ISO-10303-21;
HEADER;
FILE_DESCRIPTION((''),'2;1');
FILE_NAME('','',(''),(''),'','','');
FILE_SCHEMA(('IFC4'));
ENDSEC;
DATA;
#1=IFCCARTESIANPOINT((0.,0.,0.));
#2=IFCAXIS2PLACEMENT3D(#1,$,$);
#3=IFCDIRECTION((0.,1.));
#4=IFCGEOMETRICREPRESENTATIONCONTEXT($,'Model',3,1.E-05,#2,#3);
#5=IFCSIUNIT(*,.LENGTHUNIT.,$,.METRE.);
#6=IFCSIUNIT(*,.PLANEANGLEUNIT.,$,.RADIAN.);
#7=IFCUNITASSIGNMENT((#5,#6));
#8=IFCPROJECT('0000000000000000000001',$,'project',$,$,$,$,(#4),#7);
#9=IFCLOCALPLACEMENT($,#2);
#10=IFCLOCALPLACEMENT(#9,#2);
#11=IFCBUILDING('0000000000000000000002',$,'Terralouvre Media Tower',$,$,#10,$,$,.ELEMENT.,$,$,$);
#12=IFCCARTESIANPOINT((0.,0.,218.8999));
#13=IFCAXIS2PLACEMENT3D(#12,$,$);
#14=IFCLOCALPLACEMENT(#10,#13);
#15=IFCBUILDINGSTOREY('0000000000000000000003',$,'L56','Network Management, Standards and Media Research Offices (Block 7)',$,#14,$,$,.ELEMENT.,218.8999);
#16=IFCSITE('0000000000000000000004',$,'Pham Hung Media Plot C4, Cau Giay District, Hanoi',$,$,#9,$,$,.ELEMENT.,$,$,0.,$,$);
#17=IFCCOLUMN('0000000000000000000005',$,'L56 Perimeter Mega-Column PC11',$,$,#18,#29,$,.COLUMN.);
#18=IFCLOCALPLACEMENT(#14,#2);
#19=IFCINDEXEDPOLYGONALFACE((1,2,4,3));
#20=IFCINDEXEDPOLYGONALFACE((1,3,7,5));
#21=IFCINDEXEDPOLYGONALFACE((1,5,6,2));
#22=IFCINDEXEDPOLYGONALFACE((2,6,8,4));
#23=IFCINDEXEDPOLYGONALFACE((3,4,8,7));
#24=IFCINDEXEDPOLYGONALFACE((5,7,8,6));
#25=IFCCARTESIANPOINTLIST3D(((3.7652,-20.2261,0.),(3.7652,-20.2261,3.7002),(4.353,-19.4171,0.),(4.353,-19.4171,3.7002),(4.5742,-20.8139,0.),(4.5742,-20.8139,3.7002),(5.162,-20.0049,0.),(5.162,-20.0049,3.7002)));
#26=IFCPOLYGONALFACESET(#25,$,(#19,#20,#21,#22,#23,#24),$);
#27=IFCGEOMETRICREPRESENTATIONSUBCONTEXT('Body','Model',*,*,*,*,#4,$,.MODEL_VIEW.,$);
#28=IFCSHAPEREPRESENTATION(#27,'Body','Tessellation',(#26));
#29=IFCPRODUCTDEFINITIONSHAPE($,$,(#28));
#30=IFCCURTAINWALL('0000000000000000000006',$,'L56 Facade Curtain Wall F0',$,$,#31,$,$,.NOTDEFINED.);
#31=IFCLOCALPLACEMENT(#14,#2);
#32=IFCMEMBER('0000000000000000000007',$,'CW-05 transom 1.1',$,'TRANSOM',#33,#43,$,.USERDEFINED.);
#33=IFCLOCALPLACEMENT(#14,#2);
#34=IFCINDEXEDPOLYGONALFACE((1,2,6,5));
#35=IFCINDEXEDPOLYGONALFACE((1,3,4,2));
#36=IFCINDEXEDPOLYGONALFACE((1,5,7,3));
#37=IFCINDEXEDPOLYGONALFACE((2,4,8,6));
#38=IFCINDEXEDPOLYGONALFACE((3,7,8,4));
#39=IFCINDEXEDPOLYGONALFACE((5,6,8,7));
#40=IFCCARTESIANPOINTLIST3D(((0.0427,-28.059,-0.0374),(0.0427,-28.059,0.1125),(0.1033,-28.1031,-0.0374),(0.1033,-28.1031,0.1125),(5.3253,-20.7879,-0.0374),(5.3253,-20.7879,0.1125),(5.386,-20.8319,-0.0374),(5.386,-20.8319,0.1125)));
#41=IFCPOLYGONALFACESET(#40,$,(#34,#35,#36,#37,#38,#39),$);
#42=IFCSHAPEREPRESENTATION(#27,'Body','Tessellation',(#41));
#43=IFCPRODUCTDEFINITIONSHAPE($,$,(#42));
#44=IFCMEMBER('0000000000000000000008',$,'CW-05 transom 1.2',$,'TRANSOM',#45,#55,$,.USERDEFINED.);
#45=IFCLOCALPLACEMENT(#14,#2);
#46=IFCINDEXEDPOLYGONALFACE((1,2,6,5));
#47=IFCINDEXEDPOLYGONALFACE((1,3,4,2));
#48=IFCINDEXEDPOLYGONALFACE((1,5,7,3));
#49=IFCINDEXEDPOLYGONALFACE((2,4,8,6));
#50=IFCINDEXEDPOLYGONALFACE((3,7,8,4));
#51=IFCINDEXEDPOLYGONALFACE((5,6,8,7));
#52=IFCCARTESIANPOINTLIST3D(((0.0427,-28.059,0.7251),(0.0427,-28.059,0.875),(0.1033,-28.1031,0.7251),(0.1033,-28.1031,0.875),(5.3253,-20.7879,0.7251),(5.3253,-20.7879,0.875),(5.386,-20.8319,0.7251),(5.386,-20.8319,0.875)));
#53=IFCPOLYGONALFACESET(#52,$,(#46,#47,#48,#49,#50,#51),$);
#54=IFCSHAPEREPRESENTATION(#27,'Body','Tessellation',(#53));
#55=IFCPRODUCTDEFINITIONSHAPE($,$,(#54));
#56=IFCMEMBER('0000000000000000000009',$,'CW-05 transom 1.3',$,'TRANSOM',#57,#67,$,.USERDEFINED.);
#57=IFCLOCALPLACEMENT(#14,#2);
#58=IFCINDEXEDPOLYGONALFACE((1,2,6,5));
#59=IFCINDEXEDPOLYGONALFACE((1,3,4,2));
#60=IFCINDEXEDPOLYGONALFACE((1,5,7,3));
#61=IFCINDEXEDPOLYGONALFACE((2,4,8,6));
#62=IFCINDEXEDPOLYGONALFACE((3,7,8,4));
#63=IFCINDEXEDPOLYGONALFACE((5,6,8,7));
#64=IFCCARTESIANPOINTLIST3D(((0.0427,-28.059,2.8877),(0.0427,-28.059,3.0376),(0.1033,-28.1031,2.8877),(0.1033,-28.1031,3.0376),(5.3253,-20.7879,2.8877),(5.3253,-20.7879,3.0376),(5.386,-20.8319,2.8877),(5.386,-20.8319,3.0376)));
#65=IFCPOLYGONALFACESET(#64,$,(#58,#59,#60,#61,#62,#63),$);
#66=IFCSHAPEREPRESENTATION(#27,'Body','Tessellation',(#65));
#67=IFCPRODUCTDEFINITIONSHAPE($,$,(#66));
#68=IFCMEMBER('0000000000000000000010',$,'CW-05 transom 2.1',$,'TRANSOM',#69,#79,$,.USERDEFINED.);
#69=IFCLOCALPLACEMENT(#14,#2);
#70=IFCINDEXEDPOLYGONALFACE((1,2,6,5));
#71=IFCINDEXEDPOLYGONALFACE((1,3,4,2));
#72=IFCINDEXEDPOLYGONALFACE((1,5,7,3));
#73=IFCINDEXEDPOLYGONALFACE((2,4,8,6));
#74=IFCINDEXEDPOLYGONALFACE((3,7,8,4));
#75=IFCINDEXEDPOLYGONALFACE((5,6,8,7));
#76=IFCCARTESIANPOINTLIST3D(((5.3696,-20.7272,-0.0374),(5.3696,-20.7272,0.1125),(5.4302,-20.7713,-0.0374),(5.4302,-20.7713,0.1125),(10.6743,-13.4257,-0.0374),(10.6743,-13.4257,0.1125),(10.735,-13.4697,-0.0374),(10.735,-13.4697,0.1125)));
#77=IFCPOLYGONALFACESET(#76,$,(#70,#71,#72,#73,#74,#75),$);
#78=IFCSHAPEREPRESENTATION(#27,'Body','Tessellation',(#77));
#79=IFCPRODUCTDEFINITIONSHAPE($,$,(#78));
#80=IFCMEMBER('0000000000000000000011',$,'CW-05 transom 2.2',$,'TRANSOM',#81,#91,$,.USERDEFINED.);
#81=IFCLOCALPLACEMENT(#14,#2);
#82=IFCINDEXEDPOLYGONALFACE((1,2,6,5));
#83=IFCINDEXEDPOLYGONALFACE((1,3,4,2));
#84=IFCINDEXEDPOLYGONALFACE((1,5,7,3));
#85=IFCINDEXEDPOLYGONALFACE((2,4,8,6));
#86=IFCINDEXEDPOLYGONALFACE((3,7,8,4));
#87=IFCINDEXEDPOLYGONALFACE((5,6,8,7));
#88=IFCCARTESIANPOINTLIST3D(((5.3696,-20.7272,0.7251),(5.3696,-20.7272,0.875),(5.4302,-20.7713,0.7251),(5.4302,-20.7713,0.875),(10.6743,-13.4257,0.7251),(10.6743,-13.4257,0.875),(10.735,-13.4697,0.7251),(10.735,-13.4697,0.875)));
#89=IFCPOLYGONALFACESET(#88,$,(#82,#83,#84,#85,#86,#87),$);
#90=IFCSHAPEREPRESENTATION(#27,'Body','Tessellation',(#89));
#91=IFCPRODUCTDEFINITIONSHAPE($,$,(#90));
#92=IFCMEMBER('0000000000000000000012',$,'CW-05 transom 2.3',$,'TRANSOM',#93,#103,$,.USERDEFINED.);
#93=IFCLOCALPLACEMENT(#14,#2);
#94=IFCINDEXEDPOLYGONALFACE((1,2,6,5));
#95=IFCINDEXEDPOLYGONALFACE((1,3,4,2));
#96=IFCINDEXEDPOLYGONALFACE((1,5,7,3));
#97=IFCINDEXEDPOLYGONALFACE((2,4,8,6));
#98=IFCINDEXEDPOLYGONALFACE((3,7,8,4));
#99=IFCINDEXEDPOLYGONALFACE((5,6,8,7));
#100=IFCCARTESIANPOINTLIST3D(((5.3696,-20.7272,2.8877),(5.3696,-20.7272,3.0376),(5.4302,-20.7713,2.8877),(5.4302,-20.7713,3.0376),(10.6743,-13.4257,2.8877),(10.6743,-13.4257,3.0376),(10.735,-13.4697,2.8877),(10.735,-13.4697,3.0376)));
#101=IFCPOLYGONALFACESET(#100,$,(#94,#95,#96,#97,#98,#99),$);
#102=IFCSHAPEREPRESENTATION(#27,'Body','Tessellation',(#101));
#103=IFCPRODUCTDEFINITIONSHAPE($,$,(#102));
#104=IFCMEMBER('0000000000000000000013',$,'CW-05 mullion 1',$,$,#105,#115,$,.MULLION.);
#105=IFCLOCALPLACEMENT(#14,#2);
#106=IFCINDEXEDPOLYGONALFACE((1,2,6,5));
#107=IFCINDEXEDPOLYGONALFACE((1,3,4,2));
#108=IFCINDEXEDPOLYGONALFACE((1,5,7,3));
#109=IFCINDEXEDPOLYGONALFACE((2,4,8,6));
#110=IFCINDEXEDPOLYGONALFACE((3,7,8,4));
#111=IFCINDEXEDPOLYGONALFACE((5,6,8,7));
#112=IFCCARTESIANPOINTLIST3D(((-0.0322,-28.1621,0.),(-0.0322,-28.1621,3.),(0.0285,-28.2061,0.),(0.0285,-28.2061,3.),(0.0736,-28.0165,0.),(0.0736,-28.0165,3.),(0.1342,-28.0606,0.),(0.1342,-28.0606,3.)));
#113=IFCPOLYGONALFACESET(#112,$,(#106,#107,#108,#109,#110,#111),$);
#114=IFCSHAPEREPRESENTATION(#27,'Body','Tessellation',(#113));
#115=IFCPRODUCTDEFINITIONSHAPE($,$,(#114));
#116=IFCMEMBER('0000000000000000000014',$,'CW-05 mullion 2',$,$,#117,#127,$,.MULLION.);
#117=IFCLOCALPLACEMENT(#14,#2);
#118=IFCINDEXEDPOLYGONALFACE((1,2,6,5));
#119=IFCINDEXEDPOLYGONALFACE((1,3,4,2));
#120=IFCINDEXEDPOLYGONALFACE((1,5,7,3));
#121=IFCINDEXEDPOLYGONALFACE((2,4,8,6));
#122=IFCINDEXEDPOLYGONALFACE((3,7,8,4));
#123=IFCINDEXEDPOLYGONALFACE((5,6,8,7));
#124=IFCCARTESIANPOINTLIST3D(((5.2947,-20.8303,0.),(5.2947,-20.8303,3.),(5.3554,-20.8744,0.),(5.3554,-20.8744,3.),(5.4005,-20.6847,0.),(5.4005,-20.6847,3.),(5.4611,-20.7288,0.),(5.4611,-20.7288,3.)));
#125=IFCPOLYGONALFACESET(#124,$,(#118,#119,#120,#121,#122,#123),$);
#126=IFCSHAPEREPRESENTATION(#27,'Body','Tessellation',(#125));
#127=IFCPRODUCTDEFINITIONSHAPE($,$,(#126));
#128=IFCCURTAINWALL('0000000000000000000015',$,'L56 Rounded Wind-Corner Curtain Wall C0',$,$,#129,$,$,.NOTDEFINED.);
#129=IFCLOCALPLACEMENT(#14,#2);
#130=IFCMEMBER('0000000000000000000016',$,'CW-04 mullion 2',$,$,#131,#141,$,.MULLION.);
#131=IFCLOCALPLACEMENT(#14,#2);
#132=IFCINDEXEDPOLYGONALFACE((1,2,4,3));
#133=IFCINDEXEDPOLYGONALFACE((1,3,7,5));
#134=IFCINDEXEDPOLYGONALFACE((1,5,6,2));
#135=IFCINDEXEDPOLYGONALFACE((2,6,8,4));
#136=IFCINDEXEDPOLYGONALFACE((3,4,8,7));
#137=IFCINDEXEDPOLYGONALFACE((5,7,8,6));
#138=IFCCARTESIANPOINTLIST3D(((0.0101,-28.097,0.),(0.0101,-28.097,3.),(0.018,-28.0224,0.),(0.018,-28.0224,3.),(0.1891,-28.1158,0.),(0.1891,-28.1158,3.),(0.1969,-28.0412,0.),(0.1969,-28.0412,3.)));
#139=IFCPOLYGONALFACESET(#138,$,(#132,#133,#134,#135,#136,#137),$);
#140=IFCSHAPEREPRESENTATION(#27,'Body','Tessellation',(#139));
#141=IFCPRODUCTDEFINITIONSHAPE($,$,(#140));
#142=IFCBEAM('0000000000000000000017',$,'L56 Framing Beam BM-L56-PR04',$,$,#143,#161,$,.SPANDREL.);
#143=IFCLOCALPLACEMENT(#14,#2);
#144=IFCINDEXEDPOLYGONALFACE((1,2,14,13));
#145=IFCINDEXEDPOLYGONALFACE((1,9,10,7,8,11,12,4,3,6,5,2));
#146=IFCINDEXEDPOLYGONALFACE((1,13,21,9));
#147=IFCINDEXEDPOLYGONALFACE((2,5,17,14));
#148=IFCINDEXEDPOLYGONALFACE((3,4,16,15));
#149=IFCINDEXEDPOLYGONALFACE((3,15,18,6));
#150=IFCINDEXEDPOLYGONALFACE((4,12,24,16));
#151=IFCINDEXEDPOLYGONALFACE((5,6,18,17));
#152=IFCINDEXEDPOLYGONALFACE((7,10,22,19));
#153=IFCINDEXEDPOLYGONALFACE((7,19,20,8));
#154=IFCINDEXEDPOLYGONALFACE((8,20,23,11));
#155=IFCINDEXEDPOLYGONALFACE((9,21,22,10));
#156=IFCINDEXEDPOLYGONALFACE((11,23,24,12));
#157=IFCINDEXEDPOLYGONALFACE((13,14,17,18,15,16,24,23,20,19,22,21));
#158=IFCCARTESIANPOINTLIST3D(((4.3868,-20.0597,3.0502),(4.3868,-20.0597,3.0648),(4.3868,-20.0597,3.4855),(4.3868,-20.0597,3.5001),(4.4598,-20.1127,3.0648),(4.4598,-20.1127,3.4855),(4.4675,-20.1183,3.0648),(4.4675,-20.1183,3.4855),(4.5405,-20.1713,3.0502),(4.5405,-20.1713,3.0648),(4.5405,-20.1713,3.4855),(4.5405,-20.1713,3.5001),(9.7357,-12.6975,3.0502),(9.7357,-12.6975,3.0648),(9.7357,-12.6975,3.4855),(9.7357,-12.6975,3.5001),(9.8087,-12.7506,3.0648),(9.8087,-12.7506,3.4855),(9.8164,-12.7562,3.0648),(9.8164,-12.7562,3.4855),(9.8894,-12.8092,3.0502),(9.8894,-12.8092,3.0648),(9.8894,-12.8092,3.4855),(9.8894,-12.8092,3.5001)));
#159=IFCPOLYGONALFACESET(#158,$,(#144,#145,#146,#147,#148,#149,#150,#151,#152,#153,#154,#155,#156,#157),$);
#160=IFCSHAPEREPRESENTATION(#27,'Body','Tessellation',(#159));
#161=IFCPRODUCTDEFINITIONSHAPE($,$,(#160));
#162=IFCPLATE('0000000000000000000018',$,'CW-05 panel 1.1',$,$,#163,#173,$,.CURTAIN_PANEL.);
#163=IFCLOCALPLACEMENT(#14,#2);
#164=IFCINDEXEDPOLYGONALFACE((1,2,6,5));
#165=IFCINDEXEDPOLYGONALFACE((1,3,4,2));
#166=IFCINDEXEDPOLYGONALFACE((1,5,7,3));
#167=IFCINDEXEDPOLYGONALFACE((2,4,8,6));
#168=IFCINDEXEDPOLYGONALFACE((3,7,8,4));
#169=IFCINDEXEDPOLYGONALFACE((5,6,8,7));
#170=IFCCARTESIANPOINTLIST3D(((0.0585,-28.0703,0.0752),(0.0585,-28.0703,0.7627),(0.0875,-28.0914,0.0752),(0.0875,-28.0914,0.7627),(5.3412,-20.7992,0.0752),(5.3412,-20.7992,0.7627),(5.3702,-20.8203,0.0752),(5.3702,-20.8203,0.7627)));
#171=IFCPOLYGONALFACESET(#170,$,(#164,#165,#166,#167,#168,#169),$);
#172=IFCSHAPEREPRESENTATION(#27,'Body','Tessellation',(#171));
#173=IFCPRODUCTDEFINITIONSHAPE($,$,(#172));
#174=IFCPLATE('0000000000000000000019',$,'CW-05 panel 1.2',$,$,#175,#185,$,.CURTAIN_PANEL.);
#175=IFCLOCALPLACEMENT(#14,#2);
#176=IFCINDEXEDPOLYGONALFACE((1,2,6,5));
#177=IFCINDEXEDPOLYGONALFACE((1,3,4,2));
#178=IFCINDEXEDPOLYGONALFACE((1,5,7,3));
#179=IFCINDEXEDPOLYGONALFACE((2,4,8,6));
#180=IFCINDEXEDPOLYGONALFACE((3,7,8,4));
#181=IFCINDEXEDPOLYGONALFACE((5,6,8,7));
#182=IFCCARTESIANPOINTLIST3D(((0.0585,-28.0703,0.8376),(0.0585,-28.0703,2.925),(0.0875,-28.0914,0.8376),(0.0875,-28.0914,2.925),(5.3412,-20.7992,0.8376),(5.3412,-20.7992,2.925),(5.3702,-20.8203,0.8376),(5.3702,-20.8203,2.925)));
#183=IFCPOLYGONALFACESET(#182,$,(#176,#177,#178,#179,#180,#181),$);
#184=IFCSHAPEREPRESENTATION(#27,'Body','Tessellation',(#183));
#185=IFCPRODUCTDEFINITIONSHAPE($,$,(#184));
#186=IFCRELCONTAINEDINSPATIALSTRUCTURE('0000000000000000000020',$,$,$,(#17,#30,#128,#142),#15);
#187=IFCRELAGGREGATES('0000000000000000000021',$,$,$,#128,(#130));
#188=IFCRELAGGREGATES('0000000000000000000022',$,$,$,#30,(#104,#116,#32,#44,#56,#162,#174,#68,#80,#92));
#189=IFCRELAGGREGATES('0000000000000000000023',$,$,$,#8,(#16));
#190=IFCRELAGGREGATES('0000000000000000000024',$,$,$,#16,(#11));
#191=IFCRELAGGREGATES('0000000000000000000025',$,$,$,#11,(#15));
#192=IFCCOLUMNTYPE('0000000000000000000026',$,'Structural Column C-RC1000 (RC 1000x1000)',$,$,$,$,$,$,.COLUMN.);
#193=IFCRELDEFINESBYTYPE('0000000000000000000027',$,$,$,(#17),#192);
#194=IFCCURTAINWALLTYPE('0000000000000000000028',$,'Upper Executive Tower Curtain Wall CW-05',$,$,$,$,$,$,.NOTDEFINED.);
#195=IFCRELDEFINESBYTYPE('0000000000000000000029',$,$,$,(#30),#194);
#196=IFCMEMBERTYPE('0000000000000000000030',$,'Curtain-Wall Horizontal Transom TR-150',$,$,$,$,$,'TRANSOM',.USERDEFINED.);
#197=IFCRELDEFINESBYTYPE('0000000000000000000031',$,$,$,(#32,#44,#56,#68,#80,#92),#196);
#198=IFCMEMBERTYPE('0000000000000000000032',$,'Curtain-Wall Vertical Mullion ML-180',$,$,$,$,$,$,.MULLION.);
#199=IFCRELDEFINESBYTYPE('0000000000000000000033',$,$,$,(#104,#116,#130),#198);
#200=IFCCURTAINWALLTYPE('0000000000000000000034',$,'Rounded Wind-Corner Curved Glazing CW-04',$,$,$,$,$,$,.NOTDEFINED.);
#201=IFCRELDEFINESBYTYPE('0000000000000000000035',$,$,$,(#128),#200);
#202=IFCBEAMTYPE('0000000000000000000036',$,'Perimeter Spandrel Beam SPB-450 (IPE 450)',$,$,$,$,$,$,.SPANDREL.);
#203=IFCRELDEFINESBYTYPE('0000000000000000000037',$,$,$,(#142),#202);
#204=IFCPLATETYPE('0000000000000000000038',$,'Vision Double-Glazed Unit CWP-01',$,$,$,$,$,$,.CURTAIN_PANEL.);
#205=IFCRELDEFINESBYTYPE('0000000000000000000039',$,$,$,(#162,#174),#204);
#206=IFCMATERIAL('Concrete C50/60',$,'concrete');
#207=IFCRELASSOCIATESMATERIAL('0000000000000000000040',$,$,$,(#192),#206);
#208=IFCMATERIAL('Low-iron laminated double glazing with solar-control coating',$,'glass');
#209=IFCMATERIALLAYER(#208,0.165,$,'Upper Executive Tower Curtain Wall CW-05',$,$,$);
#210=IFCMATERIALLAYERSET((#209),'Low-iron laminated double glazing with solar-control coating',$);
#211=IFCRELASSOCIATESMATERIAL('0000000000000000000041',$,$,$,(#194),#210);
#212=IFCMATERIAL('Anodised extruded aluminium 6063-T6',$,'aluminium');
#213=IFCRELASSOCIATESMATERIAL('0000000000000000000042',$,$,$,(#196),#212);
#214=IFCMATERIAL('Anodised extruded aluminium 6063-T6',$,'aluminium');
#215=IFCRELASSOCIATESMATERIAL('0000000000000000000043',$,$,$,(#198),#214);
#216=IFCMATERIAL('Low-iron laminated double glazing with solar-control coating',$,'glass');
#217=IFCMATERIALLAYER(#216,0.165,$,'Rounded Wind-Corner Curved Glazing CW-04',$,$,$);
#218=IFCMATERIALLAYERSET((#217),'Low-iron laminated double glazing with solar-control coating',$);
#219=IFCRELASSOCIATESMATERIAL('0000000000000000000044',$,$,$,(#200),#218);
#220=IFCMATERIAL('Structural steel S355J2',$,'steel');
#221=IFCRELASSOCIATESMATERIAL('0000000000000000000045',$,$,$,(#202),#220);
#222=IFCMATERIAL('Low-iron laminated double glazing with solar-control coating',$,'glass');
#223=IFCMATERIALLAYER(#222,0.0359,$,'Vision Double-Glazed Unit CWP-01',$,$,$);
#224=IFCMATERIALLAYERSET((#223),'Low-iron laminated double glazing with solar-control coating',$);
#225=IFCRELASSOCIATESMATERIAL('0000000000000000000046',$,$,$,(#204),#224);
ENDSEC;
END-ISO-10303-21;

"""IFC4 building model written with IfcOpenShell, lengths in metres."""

from ifc_helpers import new_model, si_unit, direction, frame, origin, origin_2d, place, context, subcontext, project, spatial, rectangle, i_section, extrude, material, layer, layer_set, material_profile, profile_set, type_object, element, aggregate, save


model = new_model("IFC4")

# Units and contexts
model_context = context("Model", 3, precision=1e-05, world=origin(), true_north=direction((0.0, 1.0)))
body_context = subcontext(model_context, "Body", "Model", "MODEL_VIEW")
ifc_project = project(units=[si_unit("LENGTHUNIT", "METRE"), si_unit("PLANEANGLEUNIT", "RADIAN")], contexts=[model_context])

# Site, building, storey
site_placement = place(None, origin())
site = spatial("IfcSite", under=ifc_project, at=site_placement, Name="Pham Hung Media Plot C4, Cau Giay District, Hanoi", CompositionType="ELEMENT", RefElevation=0.0)
building_placement = place(site_placement, origin())
building = spatial("IfcBuilding", under=site, at=building_placement, Name="Terralouvre Media Tower", CompositionType="ELEMENT")
storey_placement = place(building_placement, frame((0.0, 0.0, 218.8999)))
storey = spatial("IfcBuildingStorey", under=building, at=storey_placement, Name="L56", Description="Network Management, Standards and Media Research Offices (Block 7)", CompositionType="ELEMENT", Elevation=218.8999)

# Column
ifc_material_1 = material(Name="Concrete C50/60", Category="concrete")
ifc_material_profile_1 = material_profile(ifc_material_1, rectangle(XDim=1.0, YDim=1.0, at=origin_2d()), Name="RC 1000x1000")
ifc_profile_set_1 = profile_set([ifc_material_profile_1], Name="Concrete C50/60")
column_type = type_object("IfcColumnType", Name="Structural Column C-RC1000 (RC 1000x1000)", PredefinedType="COLUMN", material=ifc_profile_set_1)
column_placement = place(storey_placement, frame((4.4636, -20.1155, 0.0), z_axis=(0.0, 0.0, 1.0), x_axis=(0.587785, 0.809017, 0.0)))
element("IfcColumn", 1, at=column_placement, inside=storey, type_object=column_type, Name="L56 Perimeter Mega-Column PC11", PredefinedType="COLUMN", context=body_context, shape_type="SweptSolid", body=[
    extrude(rectangle(XDim=1.0, YDim=1.0, at=origin_2d()), origin(), (0.0, 0.0, 1.0), 3.7002),
])

# Curtain wall, members
ifc_material_2 = material(Name="Low-iron laminated double glazing with solar-control coating", Category="glass")
ifc_layer_1 = layer(ifc_material_2, 0.165, Name="Upper Executive Tower Curtain Wall CW-05")
ifc_layer_set_1 = layer_set([ifc_layer_1], Name="Low-iron laminated double glazing with solar-control coating")
curtain_wall_type_1 = type_object("IfcCurtainWallType", Name="Upper Executive Tower Curtain Wall CW-05", PredefinedType="NOTDEFINED", material=ifc_layer_set_1)
curtain_wall_1_placement = place(storey_placement, origin())
curtain_wall_1 = element("IfcCurtainWall", 2, at=curtain_wall_1_placement, inside=storey, type_object=curtain_wall_type_1, Name="L56 Facade Curtain Wall F0", PredefinedType="NOTDEFINED")
ifc_material_3 = material(Name="Anodised extruded aluminium 6063-T6", Category="aluminium")
ifc_material_profile_2 = material_profile(ifc_material_3, rectangle(XDim=0.075, YDim=0.1499, at=origin_2d()), Name="ALU 75x150")
ifc_profile_set_2 = profile_set([ifc_material_profile_2], Name="Anodised extruded aluminium 6063-T6")
member_type_1 = type_object("IfcMemberType", Name="Curtain-Wall Horizontal Transom TR-150", ElementType="TRANSOM", PredefinedType="USERDEFINED", material=ifc_profile_set_2)
member_1_placement = place(storey_placement, frame((0.073, -28.0811, 0.0376), z_axis=(0.587774, 0.809025, 0.0), x_axis=(-0.809025, 0.587774, 0.0)))
member_1 = element("IfcMember", 3, at=member_1_placement, type_object=member_type_1, Name="CW-05 transom 1.1", ObjectType="TRANSOM", PredefinedType="USERDEFINED", context=body_context, shape_type="SweptSolid", body=[
    extrude(rectangle(XDim=0.075, YDim=0.1499, at=origin_2d()), origin(), (0.0, 0.0, 1.0), 8.9875),
])
member_2_placement = place(storey_placement, frame((0.073, -28.0811, 0.8), z_axis=(0.587774, 0.809025, 0.0), x_axis=(-0.809025, 0.587774, 0.0)))
member_2 = element("IfcMember", 4, at=member_2_placement, type_object=member_type_1, Name="CW-05 transom 1.2", ObjectType="TRANSOM", PredefinedType="USERDEFINED", context=body_context, shape_type="SweptSolid", body=[
    extrude(rectangle(XDim=0.075, YDim=0.1499, at=origin_2d()), origin(), (0.0, 0.0, 1.0), 8.9875),
])
member_3_placement = place(storey_placement, frame((0.073, -28.0811, 2.9626), z_axis=(0.587774, 0.809025, 0.0), x_axis=(-0.809025, 0.587774, 0.0)))
member_3 = element("IfcMember", 5, at=member_3_placement, type_object=member_type_1, Name="CW-05 transom 1.3", ObjectType="TRANSOM", PredefinedType="USERDEFINED", context=body_context, shape_type="SweptSolid", body=[
    extrude(rectangle(XDim=0.075, YDim=0.1499, at=origin_2d()), origin(), (0.0, 0.0, 1.0), 8.9875),
])
member_4_placement = place(storey_placement, frame((5.3999, -20.7493, 0.0376), z_axis=(0.587773, 0.809026, 0.0), x_axis=(-0.809026, 0.587773, 0.0)))
member_4 = element("IfcMember", 6, at=member_4_placement, type_object=member_type_1, Name="CW-05 transom 2.1", ObjectType="TRANSOM", PredefinedType="USERDEFINED", context=body_context, shape_type="SweptSolid", body=[
    extrude(rectangle(XDim=0.075, YDim=0.1499, at=origin_2d()), origin(), (0.0, 0.0, 1.0), 9.0251),
])
member_5_placement = place(storey_placement, frame((5.3999, -20.7493, 0.8), z_axis=(0.587773, 0.809026, 0.0), x_axis=(-0.809026, 0.587773, 0.0)))
member_5 = element("IfcMember", 7, at=member_5_placement, type_object=member_type_1, Name="CW-05 transom 2.2", ObjectType="TRANSOM", PredefinedType="USERDEFINED", context=body_context, shape_type="SweptSolid", body=[
    extrude(rectangle(XDim=0.075, YDim=0.1499, at=origin_2d()), origin(), (0.0, 0.0, 1.0), 9.0251),
])
member_6_placement = place(storey_placement, frame((5.3999, -20.7493, 2.9626), z_axis=(0.587773, 0.809026, 0.0), x_axis=(-0.809026, 0.587773, 0.0)))
member_6 = element("IfcMember", 8, at=member_6_placement, type_object=member_type_1, Name="CW-05 transom 2.3", ObjectType="TRANSOM", PredefinedType="USERDEFINED", context=body_context, shape_type="SweptSolid", body=[
    extrude(rectangle(XDim=0.075, YDim=0.1499, at=origin_2d()), origin(), (0.0, 0.0, 1.0), 9.0251),
])
ifc_material_4 = material(Name="Anodised extruded aluminium 6063-T6", Category="aluminium")
ifc_material_profile_3 = material_profile(ifc_material_4, rectangle(XDim=0.075, YDim=0.1799, at=origin_2d()), Name="ALU 75x180")
ifc_profile_set_3 = profile_set([ifc_material_profile_3], Name="Anodised extruded aluminium 6063-T6")
member_type_2 = type_object("IfcMemberType", Name="Curtain-Wall Vertical Mullion ML-180", PredefinedType="MULLION", material=ifc_profile_set_3)
member_7_placement = place(storey_placement, frame((0.051, -28.1113, 0.0), z_axis=(0.0, 0.0, 1.0), x_axis=(-0.809017, 0.587785, 0.0)))
member_7 = element("IfcMember", 9, at=member_7_placement, type_object=member_type_2, Name="CW-05 mullion 1", PredefinedType="MULLION", context=body_context, shape_type="SweptSolid", body=[
    extrude(rectangle(XDim=0.075, YDim=0.1799, at=origin_2d()), origin(), (0.0, 0.0, 1.0), 3.0),
])
member_8_placement = place(storey_placement, frame((5.3779, -20.7795, 0.0), z_axis=(0.0, 0.0, 1.0), x_axis=(-0.809017, 0.587785, 0.0)))
member_8 = element("IfcMember", 10, at=member_8_placement, type_object=member_type_2, Name="CW-05 mullion 2", PredefinedType="MULLION", context=body_context, shape_type="SweptSolid", body=[
    extrude(rectangle(XDim=0.075, YDim=0.1799, at=origin_2d()), origin(), (0.0, 0.0, 1.0), 3.0),
])

# Curtain wall, member
ifc_material_5 = material(Name="Low-iron laminated double glazing with solar-control coating", Category="glass")
ifc_layer_2 = layer(ifc_material_5, 0.165, Name="Rounded Wind-Corner Curved Glazing CW-04")
ifc_layer_set_2 = layer_set([ifc_layer_2], Name="Low-iron laminated double glazing with solar-control coating")
curtain_wall_type_2 = type_object("IfcCurtainWallType", Name="Rounded Wind-Corner Curved Glazing CW-04", PredefinedType="NOTDEFINED", material=ifc_layer_set_2)
curtain_wall_2_placement = place(storey_placement, origin())
curtain_wall_2 = element("IfcCurtainWall", 11, at=curtain_wall_2_placement, inside=storey, type_object=curtain_wall_type_2, Name="L56 Rounded Wind-Corner Curtain Wall C0", PredefinedType="NOTDEFINED")
member_9_placement = place(storey_placement, frame((0.1035, -28.0691, 0.0), z_axis=(0.0, 0.0, 1.0), x_axis=(0.104528, 0.994522, 0.0)))
member_9 = element("IfcMember", 12, at=member_9_placement, type_object=member_type_2, Name="CW-04 mullion 2", PredefinedType="MULLION", context=body_context, shape_type="SweptSolid", body=[
    extrude(rectangle(XDim=0.075, YDim=0.1799, at=origin_2d()), origin(), (0.0, 0.0, 1.0), 3.0),
])
aggregate(curtain_wall_2, [member_9])

# Beam
ifc_material_6 = material(Name="Structural steel S355J2", Category="steel")
ifc_material_profile_4 = material_profile(ifc_material_6, i_section(OverallWidth=0.1899, OverallDepth=0.45, WebThickness=0.0095, FlangeThickness=0.0146, at=origin_2d()), Name="IPE 450")
ifc_profile_set_4 = profile_set([ifc_material_profile_4], Name="Structural steel S355J2")
beam_type = type_object("IfcBeamType", Name="Perimeter Spandrel Beam SPB-450 (IPE 450)", PredefinedType="SPANDREL", material=ifc_profile_set_4)
beam_placement = place(storey_placement, frame((4.4636, -20.1155, 3.2751), z_axis=(0.587787, 0.809016, 0.0), x_axis=(-0.809016, 0.587787, 0.0)))
element("IfcBeam", 13, at=beam_placement, inside=storey, type_object=beam_type, Name="L56 Framing Beam BM-L56-PR04", PredefinedType="SPANDREL", context=body_context, shape_type="SweptSolid", body=[
    extrude(i_section(OverallWidth=0.1899, OverallDepth=0.45, WebThickness=0.0095, FlangeThickness=0.0146, at=origin_2d()), origin(), (0.0, 0.0, 1.0), 9.1001),
])

# Plates
ifc_material_7 = material(Name="Low-iron laminated double glazing with solar-control coating", Category="glass")
ifc_layer_3 = layer(ifc_material_7, 0.0359, Name="Vision Double-Glazed Unit CWP-01")
ifc_layer_set_3 = layer_set([ifc_layer_3], Name="Low-iron laminated double glazing with solar-control coating")
plate_type = type_object("IfcPlateType", Name="Vision Double-Glazed Unit CWP-01", PredefinedType="CURTAIN_PANEL", material=ifc_layer_set_3)
plate_1_placement = place(storey_placement, frame((2.7144, -24.4453, 0.0752), z_axis=(0.0, 0.0, 1.0), x_axis=(0.587785, 0.809017, 0.0)))
plate_1 = element("IfcPlate", 14, at=plate_1_placement, type_object=plate_type, Name="CW-05 panel 1.1", PredefinedType="CURTAIN_PANEL", context=body_context, shape_type="SweptSolid", body=[
    extrude(rectangle(XDim=8.9875, YDim=0.0359, at=origin_2d()), origin(), (0.0, 0.0, 1.0), 0.6875),
])
plate_2_placement = place(storey_placement, frame((2.7144, -24.4453, 0.8376), z_axis=(0.0, 0.0, 1.0), x_axis=(0.587785, 0.809017, 0.0)))
plate_2 = element("IfcPlate", 15, at=plate_2_placement, type_object=plate_type, Name="CW-05 panel 1.2", PredefinedType="CURTAIN_PANEL", context=body_context, shape_type="SweptSolid", body=[
    extrude(rectangle(XDim=8.9875, YDim=0.0359, at=origin_2d()), origin(), (0.0, 0.0, 1.0), 2.0874),
])
aggregate(curtain_wall_1, [member_7, member_8, member_1, member_2, member_3, plate_1, plate_2, member_4, member_5, member_6])

save(model, "model.ifc")
